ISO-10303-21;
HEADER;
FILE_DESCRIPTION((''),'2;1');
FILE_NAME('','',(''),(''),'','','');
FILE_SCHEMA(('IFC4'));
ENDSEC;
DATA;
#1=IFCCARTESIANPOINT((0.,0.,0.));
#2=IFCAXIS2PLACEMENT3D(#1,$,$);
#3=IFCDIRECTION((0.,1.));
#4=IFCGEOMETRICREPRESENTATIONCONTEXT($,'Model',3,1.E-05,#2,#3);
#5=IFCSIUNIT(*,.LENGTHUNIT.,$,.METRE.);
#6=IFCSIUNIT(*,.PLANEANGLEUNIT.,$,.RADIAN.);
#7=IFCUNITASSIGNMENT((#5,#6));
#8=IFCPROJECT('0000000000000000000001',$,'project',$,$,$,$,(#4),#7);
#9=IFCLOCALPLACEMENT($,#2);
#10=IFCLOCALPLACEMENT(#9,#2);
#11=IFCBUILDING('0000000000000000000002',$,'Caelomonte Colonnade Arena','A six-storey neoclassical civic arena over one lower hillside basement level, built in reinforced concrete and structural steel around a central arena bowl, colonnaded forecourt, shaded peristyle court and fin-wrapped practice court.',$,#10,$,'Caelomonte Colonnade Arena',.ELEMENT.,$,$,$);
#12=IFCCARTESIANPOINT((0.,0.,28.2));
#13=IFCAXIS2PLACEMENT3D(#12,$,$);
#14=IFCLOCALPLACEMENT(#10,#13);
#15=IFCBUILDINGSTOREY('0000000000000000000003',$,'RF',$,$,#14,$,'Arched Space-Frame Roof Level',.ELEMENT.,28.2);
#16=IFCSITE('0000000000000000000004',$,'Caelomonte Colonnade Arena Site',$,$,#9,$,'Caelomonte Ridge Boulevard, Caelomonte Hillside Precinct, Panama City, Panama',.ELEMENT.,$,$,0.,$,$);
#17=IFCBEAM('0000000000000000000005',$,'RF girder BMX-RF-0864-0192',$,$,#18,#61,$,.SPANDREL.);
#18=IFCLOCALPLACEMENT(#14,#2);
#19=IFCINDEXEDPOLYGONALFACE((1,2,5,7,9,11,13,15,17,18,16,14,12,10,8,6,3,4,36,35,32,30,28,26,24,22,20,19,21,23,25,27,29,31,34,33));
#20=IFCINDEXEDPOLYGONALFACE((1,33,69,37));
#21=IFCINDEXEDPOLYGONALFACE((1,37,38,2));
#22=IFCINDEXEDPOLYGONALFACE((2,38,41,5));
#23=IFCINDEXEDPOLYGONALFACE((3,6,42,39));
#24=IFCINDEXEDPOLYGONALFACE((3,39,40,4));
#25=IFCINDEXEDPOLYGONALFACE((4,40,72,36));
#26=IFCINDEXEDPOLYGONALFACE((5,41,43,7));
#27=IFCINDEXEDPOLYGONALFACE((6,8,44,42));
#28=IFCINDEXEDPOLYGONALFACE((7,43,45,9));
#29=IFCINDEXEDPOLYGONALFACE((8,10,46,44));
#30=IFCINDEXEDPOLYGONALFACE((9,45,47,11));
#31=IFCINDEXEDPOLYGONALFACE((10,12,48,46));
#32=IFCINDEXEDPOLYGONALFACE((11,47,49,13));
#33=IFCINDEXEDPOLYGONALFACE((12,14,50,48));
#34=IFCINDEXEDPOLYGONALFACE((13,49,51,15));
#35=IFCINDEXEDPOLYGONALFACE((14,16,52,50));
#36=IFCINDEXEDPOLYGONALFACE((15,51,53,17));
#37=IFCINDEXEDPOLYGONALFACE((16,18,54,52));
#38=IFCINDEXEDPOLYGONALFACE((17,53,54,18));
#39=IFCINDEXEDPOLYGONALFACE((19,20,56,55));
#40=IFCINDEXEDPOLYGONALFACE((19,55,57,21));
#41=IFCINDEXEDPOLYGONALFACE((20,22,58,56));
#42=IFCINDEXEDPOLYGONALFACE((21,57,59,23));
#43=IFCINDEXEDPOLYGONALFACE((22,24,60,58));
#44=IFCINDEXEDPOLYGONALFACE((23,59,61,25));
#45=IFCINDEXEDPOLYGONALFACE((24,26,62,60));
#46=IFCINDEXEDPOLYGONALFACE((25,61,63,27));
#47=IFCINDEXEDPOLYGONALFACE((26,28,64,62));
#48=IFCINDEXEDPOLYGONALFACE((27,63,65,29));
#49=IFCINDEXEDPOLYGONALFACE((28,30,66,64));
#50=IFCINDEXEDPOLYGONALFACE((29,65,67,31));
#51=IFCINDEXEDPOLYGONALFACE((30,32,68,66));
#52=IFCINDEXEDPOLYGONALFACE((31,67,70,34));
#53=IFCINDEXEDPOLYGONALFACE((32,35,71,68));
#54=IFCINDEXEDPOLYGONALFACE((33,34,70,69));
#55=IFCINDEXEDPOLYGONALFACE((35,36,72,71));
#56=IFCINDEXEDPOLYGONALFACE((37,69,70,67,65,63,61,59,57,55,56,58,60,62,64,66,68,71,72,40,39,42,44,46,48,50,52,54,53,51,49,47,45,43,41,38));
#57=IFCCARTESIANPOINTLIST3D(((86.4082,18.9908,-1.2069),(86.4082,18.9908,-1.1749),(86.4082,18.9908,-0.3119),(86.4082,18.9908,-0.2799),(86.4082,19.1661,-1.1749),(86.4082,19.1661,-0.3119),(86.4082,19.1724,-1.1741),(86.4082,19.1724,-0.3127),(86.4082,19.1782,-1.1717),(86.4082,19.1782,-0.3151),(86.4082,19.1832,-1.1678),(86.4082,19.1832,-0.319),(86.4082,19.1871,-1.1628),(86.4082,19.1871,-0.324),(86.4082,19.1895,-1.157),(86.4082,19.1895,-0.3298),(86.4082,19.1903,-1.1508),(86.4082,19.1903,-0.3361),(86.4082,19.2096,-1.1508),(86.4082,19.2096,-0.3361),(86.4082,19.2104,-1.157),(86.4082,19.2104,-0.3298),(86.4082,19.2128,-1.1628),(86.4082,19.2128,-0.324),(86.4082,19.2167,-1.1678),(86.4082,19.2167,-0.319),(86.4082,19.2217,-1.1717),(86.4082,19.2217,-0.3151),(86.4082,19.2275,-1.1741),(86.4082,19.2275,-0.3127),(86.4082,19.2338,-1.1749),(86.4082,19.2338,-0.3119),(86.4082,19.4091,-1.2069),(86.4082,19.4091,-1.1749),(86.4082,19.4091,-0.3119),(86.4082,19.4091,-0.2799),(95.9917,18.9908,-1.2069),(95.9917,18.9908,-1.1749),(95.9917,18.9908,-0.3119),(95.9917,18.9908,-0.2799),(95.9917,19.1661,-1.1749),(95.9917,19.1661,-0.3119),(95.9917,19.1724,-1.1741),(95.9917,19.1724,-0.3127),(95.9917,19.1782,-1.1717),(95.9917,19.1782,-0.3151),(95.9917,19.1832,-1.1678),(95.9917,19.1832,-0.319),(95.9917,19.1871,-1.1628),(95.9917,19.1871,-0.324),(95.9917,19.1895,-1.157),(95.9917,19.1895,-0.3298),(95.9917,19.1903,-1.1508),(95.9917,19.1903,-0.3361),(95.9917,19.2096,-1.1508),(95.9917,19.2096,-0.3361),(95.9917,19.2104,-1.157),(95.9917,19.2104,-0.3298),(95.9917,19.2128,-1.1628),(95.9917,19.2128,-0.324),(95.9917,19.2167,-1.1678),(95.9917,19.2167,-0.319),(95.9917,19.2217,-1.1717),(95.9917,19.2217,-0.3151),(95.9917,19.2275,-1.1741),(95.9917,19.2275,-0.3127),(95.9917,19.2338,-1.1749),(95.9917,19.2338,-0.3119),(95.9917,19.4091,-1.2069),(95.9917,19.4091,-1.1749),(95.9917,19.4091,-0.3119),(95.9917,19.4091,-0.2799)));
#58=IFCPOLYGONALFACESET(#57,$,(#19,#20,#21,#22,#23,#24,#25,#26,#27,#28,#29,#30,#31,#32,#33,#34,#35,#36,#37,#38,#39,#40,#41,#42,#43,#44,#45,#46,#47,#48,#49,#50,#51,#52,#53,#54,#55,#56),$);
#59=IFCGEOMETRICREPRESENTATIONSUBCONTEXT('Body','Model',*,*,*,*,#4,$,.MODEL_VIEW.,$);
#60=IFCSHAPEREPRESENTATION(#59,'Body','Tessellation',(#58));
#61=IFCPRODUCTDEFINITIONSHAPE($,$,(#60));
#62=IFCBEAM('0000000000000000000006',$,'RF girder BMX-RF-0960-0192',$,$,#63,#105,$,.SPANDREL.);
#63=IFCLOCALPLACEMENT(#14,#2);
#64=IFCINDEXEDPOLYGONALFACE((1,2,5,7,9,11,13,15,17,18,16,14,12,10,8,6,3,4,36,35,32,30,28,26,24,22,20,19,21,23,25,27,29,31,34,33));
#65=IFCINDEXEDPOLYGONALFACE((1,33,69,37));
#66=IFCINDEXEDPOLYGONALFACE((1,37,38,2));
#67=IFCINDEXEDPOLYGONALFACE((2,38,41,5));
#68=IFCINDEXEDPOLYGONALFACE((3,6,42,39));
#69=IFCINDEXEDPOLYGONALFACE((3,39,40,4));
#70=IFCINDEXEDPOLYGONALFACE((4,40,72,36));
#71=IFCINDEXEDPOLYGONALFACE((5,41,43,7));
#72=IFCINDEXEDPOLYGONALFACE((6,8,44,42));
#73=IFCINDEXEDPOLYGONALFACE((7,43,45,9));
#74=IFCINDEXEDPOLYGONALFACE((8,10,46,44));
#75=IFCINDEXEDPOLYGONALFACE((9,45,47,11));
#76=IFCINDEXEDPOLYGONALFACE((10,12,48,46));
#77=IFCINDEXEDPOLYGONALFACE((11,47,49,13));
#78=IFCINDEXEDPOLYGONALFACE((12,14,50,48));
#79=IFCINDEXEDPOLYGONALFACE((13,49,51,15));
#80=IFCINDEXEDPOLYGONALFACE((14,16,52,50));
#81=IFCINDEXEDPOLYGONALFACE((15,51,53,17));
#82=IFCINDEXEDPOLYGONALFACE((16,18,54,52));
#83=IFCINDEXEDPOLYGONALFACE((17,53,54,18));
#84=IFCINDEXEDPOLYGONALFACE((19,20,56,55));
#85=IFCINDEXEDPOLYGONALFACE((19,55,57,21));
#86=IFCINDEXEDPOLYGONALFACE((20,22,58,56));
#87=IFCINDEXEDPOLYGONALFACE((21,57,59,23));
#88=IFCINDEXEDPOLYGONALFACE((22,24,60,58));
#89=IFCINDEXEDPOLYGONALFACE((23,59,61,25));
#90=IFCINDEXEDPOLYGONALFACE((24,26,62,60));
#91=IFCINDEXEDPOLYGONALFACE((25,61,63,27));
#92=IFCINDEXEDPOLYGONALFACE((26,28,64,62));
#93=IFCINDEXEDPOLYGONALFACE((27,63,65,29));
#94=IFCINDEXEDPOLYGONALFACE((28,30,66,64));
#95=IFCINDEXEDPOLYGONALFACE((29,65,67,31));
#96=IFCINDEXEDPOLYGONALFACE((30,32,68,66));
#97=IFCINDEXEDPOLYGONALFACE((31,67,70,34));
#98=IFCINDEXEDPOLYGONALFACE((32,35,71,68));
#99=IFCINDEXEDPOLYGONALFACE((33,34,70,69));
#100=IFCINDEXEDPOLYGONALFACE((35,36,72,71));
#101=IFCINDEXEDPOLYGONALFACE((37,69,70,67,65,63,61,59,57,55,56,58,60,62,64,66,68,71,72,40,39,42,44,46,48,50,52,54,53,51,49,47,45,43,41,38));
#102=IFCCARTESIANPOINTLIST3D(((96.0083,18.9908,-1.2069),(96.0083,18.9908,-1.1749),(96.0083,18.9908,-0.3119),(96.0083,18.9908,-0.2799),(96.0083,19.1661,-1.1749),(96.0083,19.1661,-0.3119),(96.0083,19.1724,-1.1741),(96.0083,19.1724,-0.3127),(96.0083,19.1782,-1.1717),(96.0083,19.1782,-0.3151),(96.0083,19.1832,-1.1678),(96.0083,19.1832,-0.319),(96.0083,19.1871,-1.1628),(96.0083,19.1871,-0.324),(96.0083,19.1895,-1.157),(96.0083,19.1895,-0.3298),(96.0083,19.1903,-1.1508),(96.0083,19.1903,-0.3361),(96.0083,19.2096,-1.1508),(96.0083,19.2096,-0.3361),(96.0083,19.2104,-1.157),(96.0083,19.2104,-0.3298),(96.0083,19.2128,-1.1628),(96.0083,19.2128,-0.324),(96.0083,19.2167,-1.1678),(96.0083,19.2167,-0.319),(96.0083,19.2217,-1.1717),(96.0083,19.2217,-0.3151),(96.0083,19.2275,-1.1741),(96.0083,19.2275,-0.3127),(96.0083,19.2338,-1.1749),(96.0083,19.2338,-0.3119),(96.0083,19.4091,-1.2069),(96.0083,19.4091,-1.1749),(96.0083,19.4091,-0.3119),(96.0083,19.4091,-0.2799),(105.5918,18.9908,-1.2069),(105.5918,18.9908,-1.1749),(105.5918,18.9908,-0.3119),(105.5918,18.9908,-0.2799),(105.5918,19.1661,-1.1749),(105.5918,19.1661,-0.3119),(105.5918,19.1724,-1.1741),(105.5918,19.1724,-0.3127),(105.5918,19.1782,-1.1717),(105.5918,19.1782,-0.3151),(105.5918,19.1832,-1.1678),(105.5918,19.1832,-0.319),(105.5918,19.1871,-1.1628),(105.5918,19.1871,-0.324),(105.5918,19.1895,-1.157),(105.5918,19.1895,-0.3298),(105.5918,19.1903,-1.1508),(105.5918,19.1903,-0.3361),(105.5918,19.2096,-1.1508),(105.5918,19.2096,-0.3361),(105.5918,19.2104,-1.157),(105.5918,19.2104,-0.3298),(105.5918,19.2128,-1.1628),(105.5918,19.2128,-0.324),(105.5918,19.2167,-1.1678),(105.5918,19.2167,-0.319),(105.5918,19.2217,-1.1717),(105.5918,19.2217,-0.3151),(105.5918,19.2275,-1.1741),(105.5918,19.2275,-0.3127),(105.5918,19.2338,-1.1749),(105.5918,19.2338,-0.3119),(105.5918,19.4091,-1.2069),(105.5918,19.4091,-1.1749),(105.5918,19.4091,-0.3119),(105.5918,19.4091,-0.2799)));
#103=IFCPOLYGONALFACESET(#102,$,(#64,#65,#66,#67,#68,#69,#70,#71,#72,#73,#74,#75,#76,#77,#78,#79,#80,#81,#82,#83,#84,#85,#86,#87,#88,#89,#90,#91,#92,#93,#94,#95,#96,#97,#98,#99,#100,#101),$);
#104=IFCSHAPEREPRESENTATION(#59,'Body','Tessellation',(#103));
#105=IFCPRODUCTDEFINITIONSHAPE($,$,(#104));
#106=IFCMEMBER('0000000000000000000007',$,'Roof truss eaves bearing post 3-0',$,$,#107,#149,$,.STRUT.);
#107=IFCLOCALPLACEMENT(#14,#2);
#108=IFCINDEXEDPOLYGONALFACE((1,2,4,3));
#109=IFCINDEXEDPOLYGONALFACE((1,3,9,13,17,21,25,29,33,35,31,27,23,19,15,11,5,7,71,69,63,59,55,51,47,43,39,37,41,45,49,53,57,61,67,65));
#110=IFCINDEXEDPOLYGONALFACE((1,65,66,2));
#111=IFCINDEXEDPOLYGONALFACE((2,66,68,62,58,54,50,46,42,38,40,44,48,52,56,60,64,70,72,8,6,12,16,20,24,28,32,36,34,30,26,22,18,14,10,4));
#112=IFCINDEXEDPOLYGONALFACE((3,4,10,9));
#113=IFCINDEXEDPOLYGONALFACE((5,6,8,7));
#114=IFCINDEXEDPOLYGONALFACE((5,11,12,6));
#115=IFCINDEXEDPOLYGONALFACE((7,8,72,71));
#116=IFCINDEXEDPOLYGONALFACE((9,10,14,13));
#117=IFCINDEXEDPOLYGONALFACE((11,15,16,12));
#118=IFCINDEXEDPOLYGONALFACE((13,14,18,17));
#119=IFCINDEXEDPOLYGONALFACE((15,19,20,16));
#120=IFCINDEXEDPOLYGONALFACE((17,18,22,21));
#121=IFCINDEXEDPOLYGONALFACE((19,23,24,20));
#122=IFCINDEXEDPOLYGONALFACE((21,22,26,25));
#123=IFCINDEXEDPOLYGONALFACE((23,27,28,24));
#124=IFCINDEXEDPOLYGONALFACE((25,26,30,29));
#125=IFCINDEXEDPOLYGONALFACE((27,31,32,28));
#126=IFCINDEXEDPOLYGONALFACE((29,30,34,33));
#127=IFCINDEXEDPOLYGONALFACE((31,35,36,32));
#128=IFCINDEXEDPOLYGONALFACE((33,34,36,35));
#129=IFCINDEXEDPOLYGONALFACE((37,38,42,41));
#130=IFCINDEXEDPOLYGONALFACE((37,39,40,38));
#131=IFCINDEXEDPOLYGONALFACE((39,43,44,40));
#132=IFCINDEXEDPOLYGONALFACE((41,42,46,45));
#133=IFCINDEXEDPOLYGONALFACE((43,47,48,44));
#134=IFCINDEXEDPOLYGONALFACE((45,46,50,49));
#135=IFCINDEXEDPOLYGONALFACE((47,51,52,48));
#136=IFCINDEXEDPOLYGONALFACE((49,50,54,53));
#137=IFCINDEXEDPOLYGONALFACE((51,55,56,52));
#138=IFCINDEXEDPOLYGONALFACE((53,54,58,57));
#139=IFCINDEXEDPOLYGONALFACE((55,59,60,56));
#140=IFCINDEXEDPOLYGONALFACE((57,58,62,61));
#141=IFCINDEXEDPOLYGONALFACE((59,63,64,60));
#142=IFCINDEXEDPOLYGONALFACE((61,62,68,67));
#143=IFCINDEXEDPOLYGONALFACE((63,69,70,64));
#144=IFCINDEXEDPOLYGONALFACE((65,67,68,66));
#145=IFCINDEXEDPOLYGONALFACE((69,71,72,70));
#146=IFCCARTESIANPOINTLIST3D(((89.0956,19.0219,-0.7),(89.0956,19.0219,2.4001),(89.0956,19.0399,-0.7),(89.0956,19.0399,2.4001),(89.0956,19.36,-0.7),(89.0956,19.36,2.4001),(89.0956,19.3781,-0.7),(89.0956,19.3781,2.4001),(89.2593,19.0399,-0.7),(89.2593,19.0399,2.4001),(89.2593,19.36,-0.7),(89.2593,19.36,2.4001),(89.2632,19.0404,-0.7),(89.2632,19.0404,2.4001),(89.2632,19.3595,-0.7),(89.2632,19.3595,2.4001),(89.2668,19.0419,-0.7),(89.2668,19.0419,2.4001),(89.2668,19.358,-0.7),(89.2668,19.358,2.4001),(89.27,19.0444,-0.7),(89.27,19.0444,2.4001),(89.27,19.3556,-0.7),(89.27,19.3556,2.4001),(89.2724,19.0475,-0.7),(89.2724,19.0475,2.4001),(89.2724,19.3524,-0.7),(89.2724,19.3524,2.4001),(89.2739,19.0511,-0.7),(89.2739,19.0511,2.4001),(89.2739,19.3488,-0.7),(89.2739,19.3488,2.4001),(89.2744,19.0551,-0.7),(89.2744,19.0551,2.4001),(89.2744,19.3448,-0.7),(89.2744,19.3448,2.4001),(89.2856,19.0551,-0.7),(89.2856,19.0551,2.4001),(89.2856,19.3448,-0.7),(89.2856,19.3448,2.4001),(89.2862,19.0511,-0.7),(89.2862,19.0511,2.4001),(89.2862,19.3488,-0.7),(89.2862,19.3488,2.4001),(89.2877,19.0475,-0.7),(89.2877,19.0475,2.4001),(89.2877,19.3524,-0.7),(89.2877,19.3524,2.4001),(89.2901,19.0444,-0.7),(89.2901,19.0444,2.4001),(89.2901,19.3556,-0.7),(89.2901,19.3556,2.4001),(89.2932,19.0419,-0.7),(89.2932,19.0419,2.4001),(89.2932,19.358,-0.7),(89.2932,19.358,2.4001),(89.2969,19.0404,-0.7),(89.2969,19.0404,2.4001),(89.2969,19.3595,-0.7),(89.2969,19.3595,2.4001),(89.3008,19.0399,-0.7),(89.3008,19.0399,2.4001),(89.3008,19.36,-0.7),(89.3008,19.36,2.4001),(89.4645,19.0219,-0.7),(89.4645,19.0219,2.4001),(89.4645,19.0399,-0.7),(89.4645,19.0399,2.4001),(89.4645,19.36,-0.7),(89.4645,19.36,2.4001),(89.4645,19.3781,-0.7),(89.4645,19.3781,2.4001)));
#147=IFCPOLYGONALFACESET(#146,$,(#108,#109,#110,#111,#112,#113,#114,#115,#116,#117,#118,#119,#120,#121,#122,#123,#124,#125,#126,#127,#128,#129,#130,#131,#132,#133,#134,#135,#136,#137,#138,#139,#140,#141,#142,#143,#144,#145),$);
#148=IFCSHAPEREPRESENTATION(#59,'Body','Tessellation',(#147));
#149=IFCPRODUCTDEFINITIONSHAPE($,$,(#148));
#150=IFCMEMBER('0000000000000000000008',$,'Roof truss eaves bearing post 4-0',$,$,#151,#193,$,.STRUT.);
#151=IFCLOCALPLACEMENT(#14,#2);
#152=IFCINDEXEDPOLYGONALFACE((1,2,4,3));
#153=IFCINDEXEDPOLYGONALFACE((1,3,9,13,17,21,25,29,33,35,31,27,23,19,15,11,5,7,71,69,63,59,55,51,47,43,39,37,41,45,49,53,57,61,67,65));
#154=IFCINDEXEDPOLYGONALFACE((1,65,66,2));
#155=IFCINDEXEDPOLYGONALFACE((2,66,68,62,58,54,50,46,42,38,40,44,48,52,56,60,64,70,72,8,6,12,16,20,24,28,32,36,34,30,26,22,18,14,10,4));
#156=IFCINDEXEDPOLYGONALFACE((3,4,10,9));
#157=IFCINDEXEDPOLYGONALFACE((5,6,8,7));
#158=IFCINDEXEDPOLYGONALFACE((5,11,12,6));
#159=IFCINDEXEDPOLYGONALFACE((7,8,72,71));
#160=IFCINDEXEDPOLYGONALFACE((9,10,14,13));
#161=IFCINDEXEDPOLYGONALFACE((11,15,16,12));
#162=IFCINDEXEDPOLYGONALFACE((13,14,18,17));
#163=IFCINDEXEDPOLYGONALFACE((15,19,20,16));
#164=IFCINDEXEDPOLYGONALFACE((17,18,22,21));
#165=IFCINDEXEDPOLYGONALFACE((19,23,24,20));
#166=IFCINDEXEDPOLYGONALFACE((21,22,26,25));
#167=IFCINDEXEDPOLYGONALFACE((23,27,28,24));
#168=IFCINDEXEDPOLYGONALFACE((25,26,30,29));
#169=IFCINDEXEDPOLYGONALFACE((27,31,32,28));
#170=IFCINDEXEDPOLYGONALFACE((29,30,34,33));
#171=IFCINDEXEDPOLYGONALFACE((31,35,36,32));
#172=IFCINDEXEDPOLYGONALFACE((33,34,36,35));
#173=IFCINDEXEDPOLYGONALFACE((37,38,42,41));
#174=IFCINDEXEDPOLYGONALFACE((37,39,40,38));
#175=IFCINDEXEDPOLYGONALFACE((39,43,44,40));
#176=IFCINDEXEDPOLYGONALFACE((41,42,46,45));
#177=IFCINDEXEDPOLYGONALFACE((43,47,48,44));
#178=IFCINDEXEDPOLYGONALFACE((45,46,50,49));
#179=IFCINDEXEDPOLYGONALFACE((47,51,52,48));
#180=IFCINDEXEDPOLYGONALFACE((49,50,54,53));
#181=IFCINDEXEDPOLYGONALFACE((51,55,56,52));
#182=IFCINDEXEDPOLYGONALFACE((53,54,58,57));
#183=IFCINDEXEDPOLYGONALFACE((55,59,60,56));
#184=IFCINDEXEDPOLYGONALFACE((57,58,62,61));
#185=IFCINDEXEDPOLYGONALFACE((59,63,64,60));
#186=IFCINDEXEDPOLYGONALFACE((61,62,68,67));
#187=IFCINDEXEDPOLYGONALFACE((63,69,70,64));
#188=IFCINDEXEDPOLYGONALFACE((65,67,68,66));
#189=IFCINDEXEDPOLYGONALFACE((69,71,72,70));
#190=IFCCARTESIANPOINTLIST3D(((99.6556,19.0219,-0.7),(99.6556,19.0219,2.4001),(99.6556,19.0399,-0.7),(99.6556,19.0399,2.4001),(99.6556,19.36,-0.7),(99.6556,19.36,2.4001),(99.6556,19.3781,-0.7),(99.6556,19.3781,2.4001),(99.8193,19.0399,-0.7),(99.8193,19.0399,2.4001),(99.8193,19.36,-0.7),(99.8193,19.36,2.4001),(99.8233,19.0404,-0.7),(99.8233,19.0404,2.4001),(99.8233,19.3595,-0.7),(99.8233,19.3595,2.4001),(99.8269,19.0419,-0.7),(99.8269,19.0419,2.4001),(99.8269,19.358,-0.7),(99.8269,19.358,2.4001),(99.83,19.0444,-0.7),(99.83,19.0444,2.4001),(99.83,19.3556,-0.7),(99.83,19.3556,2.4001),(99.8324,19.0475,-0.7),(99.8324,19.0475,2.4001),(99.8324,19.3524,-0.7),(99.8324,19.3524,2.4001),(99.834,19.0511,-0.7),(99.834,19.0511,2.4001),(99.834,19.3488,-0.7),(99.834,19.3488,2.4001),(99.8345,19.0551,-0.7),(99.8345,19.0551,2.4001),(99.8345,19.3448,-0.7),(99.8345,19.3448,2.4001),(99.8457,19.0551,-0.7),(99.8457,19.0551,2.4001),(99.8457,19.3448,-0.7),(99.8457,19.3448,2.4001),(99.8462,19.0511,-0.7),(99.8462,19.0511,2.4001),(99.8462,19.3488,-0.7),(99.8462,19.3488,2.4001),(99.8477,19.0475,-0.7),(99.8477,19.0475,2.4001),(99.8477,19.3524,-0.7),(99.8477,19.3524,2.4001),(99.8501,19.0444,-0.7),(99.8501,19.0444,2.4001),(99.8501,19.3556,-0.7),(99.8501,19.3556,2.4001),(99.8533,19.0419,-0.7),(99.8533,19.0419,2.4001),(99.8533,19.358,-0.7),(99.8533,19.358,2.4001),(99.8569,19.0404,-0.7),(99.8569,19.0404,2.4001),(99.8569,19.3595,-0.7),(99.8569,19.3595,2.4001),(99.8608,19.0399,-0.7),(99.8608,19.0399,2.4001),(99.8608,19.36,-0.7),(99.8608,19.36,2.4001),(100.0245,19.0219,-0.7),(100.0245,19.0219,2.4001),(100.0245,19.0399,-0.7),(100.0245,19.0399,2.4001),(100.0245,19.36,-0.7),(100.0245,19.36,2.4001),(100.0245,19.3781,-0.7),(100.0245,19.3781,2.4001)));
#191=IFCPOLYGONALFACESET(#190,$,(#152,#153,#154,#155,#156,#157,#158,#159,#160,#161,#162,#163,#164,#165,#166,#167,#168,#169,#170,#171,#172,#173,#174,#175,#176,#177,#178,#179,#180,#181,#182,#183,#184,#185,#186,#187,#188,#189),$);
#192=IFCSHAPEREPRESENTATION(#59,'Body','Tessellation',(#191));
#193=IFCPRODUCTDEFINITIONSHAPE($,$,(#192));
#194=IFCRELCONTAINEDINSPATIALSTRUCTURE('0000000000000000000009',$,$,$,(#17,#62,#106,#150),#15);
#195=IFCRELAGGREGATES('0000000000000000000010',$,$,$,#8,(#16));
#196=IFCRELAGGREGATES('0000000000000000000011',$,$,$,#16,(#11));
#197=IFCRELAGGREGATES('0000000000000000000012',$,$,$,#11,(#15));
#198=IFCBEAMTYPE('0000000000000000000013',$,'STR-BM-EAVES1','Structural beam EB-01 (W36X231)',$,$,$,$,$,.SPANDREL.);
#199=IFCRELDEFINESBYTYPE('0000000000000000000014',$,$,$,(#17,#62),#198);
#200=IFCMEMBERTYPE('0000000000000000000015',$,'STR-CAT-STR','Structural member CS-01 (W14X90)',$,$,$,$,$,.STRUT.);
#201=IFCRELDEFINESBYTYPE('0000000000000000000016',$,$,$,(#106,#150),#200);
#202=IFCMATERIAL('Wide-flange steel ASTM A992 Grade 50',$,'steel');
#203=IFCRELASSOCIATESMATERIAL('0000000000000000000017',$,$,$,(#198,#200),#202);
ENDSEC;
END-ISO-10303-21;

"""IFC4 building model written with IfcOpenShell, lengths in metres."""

from ifc_helpers import new_model, si_unit, direction, frame, origin, origin_2d, place, context, subcontext, project, spatial, i_section, extrude, material, material_profile, profile_set, type_object, element, save


model = new_model("IFC4")

# Units and contexts
model_context = context("Model", 3, precision=1e-05, world=origin(), true_north=direction((0.0, 1.0)))
body_context = subcontext(model_context, "Body", "Model", "MODEL_VIEW")
ifc_project = project(units=[si_unit("LENGTHUNIT", "METRE"), si_unit("PLANEANGLEUNIT", "RADIAN")], contexts=[model_context])

# Site, building, storey
site_placement = place(None, origin())
site = spatial("IfcSite", under=ifc_project, at=site_placement, Name="Caelomonte Colonnade Arena Site", LongName="Caelomonte Ridge Boulevard, Caelomonte Hillside Precinct, Panama City, Panama", CompositionType="ELEMENT", RefElevation=0.0)
building_placement = place(site_placement, origin())
building = spatial("IfcBuilding", under=site, at=building_placement, Name="Caelomonte Colonnade Arena", Description="A six-storey neoclassical civic arena over one lower hillside basement level, built in reinforced concrete and structural steel around a central arena bowl, colonnaded forecourt, shaded peristyle court and fin-wrapped practice court.", LongName="Caelomonte Colonnade Arena", CompositionType="ELEMENT")
storey_placement = place(building_placement, frame((0.0, 0.0, 28.2)))
storey = spatial("IfcBuildingStorey", under=building, at=storey_placement, Name="RF", LongName="Arched Space-Frame Roof Level", CompositionType="ELEMENT", Elevation=28.2)

# Beams
ifc_material_1 = material(Name="Wide-flange steel ASTM A992 Grade 50", Category="steel")
ifc_material_profile_1 = material_profile(ifc_material_1, i_section(OverallWidth=0.4182, OverallDepth=0.927, WebThickness=0.0193, FlangeThickness=0.032, FilletRadius=0.0242, at=origin_2d()), Name="W36X231")
ifc_profile_set_1 = profile_set([ifc_material_profile_1], Name="Wide-flange steel ASTM A992 Grade 50")
beam_type = type_object("IfcBeamType", Name="STR-BM-EAVES1", Description="Structural beam EB-01 (W36X231)", PredefinedType="SPANDREL", material=ifc_profile_set_1)
for number, where, z_axis, x_axis, name in (
    (1, (86.4082, 19.2, -0.7434), (1.0, 0.0, 0.0), (0.0, 1.0, 0.0), "RF girder BMX-RF-0864-0192"),
    (2, (96.0083, 19.2, -0.7434), (1.0, 0.0, 0.0), (0.0, 1.0, 0.0), "RF girder BMX-RF-0960-0192"),
):
    element("IfcBeam", number, at=place(storey_placement, frame(where, z_axis=z_axis, x_axis=x_axis)), inside=storey, type_object=beam_type, Name=name, PredefinedType="SPANDREL", context=body_context, shape_type="SweptSolid", body=[
        extrude(i_section(OverallWidth=0.4182, OverallDepth=0.927, WebThickness=0.0193, FlangeThickness=0.032, FilletRadius=0.0242, at=origin_2d()), origin(), (0.0, 0.0, 1.0), 9.5835),
    ])

# Members
ifc_material_profile_2 = material_profile(ifc_material_1, i_section(OverallWidth=0.3689, OverallDepth=0.3562, WebThickness=0.0112, FlangeThickness=0.0181, FilletRadius=0.0151, at=origin_2d()), Name="W14X90")
ifc_profile_set_2 = profile_set([ifc_material_profile_2], Name="Wide-flange steel ASTM A992 Grade 50")
member_type_1 = type_object("IfcMemberType", Name="STR-CAT-STR", Description="Structural member CS-01 (W14X90)", PredefinedType="STRUT", material=ifc_profile_set_2)
for number, where, z_axis, x_axis, name in (
    (3, (89.28, 19.2, -0.7), (0.0, 0.0, 1.0), (1.0, 0.0, 0.0), "Roof truss eaves bearing post 3-0"),
    (4, (99.8401, 19.2, -0.7), (0.0, 0.0, 1.0), (1.0, 0.0, 0.0), "Roof truss eaves bearing post 4-0"),
):
    element("IfcMember", number, at=place(storey_placement, frame(where, z_axis=z_axis, x_axis=x_axis)), inside=storey, type_object=member_type_1, Name=name, PredefinedType="STRUT", context=body_context, shape_type="SweptSolid", body=[
        extrude(i_section(OverallWidth=0.3689, OverallDepth=0.3562, WebThickness=0.0112, FlangeThickness=0.0181, FilletRadius=0.0151, at=origin_2d()), origin(), (0.0, 0.0, 1.0), 3.1001),
    ])

save(model, "model.ifc")
